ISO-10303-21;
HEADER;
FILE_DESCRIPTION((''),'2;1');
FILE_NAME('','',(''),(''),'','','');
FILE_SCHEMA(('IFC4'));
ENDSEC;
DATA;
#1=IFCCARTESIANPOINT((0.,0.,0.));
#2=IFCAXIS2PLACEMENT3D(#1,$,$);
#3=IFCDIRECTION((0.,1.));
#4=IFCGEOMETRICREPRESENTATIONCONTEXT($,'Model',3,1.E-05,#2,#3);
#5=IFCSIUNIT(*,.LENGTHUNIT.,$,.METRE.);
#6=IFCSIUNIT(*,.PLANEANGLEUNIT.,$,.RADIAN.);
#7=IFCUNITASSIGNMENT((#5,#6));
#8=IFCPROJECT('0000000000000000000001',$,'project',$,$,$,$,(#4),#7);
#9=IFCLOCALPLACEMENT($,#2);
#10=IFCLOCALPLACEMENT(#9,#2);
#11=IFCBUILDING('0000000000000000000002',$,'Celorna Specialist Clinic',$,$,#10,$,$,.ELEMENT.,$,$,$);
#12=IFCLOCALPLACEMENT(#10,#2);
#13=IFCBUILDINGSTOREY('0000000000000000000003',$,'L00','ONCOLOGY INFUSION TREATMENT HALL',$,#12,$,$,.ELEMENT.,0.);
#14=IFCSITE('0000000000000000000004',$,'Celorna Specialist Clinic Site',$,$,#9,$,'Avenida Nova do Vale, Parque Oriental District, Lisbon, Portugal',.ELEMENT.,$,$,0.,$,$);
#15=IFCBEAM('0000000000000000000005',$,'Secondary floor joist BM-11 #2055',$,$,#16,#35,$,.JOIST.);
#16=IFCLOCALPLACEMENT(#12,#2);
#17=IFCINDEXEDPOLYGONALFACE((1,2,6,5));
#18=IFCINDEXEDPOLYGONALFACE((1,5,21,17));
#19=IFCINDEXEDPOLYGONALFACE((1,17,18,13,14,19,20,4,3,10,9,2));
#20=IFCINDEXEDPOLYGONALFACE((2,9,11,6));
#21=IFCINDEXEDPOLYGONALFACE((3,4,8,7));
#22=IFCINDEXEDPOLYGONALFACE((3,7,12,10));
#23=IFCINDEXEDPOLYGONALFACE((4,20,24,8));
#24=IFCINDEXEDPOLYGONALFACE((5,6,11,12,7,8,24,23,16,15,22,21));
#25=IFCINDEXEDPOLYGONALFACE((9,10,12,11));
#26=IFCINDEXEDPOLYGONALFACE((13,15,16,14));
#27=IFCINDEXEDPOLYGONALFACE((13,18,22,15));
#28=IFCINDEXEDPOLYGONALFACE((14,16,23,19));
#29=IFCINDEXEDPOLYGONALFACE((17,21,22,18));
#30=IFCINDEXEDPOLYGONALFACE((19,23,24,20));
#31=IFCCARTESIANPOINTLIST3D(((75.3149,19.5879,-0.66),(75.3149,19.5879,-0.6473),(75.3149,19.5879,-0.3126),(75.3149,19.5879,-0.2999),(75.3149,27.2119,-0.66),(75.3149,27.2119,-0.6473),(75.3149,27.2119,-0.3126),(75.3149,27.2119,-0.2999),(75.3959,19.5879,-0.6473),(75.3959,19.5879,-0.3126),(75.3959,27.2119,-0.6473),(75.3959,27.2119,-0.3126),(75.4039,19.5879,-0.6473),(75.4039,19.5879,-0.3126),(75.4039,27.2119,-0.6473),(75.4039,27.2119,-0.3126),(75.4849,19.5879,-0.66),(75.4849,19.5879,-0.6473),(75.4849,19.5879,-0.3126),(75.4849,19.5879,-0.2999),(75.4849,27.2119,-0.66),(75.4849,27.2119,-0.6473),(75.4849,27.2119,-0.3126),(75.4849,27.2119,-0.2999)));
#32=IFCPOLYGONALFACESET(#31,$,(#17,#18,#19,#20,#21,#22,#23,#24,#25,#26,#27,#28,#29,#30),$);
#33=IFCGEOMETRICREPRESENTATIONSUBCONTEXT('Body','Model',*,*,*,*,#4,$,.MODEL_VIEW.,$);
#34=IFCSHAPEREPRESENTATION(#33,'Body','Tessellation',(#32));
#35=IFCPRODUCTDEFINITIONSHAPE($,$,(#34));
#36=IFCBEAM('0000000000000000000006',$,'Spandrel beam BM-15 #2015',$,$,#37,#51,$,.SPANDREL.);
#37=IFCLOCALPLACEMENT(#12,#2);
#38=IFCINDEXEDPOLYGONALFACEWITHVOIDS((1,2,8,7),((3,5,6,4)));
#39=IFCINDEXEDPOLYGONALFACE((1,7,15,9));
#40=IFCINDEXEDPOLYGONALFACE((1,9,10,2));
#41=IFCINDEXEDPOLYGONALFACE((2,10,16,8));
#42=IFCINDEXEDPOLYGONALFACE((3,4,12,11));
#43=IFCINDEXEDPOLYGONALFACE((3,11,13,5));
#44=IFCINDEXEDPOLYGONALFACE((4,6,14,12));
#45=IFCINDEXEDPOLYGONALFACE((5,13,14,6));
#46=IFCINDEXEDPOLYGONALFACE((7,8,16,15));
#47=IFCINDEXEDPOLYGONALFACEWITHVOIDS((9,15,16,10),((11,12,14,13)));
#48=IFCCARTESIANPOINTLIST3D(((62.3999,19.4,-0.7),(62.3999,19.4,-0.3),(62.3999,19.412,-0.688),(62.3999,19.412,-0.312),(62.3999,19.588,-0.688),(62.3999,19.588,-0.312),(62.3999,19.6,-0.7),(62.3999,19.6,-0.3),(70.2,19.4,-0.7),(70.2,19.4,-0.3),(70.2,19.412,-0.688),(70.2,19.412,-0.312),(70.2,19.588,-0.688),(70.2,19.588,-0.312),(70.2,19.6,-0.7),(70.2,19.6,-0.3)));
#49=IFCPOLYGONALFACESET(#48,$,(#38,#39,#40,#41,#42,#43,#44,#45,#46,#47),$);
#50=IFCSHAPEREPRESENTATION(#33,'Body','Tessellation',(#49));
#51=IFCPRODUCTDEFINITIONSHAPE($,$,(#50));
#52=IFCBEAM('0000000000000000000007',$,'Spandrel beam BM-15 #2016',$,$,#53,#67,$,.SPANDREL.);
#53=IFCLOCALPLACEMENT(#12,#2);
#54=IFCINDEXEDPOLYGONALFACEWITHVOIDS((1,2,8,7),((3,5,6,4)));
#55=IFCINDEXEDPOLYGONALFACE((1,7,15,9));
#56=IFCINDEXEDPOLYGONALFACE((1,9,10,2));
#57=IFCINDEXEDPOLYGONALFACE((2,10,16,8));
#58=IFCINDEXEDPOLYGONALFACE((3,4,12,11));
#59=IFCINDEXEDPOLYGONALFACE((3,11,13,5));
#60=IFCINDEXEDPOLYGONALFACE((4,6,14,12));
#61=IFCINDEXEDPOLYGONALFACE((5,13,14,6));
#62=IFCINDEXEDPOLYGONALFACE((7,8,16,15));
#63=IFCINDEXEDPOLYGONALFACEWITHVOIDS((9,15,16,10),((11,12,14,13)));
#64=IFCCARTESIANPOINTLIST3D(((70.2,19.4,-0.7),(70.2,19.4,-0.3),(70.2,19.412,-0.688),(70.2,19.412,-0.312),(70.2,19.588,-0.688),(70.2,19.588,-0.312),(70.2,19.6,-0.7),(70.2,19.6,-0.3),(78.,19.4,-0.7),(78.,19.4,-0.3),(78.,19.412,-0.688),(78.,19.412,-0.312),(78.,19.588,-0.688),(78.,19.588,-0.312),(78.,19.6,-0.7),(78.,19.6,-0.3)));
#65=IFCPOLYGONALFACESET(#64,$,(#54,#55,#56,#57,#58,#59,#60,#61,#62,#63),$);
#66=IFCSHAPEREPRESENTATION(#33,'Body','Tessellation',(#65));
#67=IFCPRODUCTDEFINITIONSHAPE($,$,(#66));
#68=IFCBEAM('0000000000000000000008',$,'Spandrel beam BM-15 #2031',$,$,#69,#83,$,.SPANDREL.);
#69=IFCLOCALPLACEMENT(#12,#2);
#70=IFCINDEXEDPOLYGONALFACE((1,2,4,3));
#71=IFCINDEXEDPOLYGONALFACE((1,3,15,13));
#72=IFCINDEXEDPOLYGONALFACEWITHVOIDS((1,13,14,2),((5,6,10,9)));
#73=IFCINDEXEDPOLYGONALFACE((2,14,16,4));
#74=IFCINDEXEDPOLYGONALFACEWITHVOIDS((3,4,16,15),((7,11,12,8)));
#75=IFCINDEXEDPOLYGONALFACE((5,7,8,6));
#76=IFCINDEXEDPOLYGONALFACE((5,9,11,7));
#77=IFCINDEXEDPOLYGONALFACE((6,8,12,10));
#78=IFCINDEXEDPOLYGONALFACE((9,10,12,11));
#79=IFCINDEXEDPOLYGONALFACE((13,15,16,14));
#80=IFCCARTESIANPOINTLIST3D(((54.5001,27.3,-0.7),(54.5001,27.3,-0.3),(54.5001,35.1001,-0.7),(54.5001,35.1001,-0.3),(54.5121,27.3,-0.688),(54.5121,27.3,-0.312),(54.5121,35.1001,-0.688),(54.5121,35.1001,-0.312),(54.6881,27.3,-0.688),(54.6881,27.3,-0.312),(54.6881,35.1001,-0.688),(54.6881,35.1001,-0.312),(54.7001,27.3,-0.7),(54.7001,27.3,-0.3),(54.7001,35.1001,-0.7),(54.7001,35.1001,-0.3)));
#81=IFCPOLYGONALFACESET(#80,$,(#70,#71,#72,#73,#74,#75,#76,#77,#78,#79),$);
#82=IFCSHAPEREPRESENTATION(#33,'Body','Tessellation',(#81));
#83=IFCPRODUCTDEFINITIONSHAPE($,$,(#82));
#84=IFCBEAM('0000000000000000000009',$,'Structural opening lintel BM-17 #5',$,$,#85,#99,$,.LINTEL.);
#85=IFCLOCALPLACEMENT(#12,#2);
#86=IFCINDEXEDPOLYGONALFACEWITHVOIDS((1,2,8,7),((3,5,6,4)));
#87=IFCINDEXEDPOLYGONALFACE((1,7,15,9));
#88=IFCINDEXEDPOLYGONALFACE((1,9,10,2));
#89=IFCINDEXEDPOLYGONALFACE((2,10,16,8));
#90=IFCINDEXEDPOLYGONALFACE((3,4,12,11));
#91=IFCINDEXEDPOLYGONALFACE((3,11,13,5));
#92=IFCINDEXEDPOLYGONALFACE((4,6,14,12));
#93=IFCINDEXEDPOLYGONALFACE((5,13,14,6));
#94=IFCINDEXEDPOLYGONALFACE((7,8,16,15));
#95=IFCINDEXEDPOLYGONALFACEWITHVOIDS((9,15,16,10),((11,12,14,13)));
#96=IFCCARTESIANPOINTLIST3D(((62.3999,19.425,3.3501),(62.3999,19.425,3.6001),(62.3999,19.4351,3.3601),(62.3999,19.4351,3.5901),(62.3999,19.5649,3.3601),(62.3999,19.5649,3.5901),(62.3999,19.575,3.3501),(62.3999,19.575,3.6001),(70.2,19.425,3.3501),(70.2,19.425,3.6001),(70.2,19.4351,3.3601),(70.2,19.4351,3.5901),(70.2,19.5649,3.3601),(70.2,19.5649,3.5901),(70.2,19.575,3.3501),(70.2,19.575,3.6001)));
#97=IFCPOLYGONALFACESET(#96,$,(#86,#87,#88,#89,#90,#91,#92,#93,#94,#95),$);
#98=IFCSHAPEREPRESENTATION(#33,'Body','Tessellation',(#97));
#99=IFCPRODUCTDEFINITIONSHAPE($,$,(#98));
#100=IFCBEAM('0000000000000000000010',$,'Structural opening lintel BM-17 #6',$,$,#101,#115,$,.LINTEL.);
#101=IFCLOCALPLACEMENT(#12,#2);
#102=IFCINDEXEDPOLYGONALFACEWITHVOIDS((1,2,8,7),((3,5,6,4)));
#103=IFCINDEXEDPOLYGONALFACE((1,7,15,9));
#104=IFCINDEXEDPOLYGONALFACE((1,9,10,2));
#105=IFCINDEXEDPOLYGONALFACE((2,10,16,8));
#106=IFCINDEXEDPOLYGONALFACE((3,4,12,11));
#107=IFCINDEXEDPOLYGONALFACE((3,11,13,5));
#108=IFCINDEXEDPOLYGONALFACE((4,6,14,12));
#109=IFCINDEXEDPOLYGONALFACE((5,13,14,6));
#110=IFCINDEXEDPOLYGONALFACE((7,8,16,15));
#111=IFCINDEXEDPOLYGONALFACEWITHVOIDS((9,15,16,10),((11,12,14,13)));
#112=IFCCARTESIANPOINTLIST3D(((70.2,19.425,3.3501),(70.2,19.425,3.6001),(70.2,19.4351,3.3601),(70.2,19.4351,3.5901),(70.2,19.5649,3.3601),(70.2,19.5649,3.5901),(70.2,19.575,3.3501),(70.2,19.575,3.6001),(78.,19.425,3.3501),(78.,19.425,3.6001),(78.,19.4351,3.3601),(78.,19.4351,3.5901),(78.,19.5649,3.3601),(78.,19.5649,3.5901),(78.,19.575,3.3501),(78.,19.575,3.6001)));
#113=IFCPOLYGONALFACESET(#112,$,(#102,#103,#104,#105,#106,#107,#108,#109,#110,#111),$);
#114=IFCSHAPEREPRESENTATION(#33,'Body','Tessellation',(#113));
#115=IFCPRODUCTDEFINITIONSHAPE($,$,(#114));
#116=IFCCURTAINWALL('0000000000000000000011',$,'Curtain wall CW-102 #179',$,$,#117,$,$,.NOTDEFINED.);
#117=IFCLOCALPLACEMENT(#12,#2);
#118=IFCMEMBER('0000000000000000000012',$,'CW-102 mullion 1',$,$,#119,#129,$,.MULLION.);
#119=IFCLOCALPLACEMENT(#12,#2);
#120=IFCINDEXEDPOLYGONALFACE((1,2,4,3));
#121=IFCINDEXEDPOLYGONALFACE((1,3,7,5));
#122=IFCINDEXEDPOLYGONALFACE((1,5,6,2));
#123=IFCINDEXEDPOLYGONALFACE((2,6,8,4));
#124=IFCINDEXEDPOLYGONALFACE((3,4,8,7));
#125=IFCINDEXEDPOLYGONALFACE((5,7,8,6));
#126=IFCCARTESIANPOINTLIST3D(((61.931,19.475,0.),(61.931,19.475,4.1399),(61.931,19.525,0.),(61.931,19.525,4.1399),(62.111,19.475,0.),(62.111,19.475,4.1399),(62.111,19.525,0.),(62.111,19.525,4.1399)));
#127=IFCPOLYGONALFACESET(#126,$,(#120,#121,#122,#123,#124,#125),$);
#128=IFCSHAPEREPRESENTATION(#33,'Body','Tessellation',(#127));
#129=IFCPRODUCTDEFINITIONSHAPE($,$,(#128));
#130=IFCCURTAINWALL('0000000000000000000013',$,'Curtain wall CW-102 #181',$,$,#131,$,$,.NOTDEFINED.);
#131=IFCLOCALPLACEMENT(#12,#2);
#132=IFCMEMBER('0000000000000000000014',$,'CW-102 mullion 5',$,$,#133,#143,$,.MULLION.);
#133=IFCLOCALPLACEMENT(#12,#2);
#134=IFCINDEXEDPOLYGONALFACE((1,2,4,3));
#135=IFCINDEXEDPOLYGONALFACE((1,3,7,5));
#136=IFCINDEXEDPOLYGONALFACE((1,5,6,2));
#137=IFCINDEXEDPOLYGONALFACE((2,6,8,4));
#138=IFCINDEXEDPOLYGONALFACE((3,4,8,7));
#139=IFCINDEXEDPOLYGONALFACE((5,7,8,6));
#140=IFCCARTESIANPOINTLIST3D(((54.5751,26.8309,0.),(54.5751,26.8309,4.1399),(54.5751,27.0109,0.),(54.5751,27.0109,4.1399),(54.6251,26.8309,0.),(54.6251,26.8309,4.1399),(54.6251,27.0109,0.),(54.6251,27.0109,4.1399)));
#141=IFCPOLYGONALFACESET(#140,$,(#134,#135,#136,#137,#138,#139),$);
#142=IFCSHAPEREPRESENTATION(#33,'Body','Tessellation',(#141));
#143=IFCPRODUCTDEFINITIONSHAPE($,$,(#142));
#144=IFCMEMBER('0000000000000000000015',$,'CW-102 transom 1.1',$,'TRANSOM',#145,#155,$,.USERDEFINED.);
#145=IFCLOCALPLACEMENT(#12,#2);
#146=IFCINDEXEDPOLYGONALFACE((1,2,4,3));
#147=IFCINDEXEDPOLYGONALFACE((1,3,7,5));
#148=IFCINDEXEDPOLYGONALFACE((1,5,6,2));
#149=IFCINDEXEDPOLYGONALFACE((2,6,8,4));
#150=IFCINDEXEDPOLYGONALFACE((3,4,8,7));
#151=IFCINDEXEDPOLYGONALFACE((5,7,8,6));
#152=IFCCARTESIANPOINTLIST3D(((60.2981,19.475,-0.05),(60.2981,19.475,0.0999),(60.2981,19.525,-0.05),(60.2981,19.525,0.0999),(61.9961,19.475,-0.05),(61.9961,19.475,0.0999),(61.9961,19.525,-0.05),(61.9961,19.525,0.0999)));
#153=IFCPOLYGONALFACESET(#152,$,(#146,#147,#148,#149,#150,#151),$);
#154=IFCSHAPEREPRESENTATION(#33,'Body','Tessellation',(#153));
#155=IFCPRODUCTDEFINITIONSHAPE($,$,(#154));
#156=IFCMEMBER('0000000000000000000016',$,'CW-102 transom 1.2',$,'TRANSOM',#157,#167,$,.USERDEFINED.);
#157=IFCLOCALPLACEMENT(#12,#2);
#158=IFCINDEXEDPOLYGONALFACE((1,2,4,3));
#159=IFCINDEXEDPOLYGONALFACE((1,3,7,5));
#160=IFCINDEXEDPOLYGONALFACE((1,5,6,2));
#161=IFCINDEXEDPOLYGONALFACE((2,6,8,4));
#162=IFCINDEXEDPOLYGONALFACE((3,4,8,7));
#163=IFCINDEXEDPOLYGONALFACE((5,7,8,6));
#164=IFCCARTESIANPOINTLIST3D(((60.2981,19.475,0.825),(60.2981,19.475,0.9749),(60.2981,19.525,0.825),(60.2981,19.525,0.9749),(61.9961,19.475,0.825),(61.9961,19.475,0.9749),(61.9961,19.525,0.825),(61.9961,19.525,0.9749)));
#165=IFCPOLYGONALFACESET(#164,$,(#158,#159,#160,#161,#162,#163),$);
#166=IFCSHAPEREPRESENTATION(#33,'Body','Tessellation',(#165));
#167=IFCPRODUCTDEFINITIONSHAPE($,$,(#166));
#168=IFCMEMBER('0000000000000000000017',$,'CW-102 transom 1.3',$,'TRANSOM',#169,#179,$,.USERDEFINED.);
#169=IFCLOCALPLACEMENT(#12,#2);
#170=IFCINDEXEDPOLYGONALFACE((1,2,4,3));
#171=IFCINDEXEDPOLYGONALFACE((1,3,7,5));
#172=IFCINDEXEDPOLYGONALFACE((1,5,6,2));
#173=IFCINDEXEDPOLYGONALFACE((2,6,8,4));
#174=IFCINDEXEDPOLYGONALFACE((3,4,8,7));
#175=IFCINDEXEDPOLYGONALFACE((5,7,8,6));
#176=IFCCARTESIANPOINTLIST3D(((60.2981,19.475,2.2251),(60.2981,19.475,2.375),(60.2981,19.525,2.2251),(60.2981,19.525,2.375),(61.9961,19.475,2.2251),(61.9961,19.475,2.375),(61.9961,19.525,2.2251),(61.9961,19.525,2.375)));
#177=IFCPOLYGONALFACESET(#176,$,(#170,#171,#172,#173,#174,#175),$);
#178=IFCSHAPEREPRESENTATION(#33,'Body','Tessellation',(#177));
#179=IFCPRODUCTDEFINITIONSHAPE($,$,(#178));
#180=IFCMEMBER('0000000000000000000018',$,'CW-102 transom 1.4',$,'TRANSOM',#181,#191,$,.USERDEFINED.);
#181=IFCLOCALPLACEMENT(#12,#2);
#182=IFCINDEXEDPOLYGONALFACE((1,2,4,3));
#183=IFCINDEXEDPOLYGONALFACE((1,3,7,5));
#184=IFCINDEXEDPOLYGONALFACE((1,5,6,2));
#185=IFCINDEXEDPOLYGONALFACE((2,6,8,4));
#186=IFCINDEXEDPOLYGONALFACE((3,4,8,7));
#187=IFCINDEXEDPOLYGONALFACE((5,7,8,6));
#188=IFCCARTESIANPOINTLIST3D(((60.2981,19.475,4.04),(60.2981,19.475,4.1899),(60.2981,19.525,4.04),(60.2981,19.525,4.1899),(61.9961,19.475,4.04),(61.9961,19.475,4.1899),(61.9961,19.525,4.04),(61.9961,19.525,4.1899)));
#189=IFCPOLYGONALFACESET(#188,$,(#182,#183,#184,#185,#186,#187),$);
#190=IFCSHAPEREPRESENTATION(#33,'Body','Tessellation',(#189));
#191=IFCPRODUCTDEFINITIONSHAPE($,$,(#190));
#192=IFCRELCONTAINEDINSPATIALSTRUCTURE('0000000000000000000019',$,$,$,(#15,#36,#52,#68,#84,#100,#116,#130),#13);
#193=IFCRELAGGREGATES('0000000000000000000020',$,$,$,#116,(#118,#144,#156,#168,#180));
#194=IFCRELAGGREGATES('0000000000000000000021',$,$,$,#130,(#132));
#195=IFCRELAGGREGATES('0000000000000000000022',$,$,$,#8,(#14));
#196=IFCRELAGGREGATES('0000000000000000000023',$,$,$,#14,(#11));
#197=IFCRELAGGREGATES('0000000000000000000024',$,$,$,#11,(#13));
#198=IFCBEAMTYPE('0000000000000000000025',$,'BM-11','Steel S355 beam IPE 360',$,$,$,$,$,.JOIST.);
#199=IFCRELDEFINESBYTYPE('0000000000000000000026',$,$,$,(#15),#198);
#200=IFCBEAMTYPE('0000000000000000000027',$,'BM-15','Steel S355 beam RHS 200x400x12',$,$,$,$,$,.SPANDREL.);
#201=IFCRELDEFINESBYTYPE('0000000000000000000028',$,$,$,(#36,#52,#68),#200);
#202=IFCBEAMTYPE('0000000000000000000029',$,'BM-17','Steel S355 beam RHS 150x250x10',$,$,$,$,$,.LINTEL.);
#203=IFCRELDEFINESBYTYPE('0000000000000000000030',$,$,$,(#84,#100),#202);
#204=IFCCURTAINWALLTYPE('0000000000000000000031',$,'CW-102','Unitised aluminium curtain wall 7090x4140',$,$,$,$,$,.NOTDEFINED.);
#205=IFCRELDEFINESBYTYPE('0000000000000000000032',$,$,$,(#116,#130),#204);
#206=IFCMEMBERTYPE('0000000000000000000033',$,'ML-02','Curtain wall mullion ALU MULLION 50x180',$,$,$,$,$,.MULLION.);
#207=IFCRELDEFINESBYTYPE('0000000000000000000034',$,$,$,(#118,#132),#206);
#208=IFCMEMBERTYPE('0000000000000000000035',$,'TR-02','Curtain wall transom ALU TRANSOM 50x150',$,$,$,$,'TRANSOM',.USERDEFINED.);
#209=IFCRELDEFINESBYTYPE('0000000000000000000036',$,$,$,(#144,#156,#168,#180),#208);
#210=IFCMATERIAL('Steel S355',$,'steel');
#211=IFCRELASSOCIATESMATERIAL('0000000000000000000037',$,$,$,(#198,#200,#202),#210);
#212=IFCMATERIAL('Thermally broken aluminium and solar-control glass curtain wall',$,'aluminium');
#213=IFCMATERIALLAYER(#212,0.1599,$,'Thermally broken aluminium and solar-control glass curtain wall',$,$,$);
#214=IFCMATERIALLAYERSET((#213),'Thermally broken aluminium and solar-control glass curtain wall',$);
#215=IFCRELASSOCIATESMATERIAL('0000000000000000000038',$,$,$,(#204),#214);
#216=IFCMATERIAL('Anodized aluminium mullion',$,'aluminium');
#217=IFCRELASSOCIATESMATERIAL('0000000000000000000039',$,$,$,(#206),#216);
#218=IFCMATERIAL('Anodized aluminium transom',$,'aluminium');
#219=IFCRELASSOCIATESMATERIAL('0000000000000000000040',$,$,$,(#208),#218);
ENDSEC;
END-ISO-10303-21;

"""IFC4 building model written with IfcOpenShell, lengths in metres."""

from ifc_helpers import new_model, si_unit, direction, frame, origin, origin_2d, place, context, subcontext, project, spatial, rectangle, hollow_rectangle, i_section, extrude, material, layer, layer_set, material_profile, profile_set, type_object, element, aggregate, save


model = new_model("IFC4")

# Units and contexts
model_context = context("Model", 3, precision=1e-05, world=origin(), true_north=direction((0.0, 1.0)))
body_context = subcontext(model_context, "Body", "Model", "MODEL_VIEW")
ifc_project = project(units=[si_unit("LENGTHUNIT", "METRE"), si_unit("PLANEANGLEUNIT", "RADIAN")], contexts=[model_context])

# Site, building, storey
site_placement = place(None, origin())
site = spatial("IfcSite", under=ifc_project, at=site_placement, Name="Celorna Specialist Clinic Site", LongName="Avenida Nova do Vale, Parque Oriental District, Lisbon, Portugal", CompositionType="ELEMENT", RefElevation=0.0)
building_placement = place(site_placement, origin())
building = spatial("IfcBuilding", under=site, at=building_placement, Name="Celorna Specialist Clinic", CompositionType="ELEMENT")
storey_placement = place(building_placement, origin())
storey = spatial("IfcBuildingStorey", under=building, at=storey_placement, Name="L00", Description="ONCOLOGY INFUSION TREATMENT HALL", CompositionType="ELEMENT", Elevation=0.0)

# Beams
ifc_material_1 = material(Name="Steel S355", Category="steel")
ifc_material_profile_1 = material_profile(ifc_material_1, i_section(OverallWidth=0.1699, OverallDepth=0.3601, WebThickness=0.0081, FlangeThickness=0.0127, at=origin_2d()), Name="IPE 360")
ifc_profile_set_1 = profile_set([ifc_material_profile_1], Name="Steel S355")
beam_type_1 = type_object("IfcBeamType", Name="BM-11", Description="Steel S355 beam IPE 360", PredefinedType="JOIST", material=ifc_profile_set_1)
for number, where, z_axis, x_axis, name in (
    (1, (75.3999, 19.5879, -0.48), (0.0, 1.0, 0.0), (-1.0, 0.0, 0.0), "Secondary floor joist BM-11 #2055"),
):
    element("IfcBeam", number, at=place(storey_placement, frame(where, z_axis=z_axis, x_axis=x_axis)), inside=storey, type_object=beam_type_1, Name=name, PredefinedType="JOIST", context=body_context, shape_type="SweptSolid", body=[
        extrude(i_section(OverallWidth=0.1699, OverallDepth=0.3601, WebThickness=0.0081, FlangeThickness=0.0127, at=origin_2d()), origin(), (0.0, 0.0, 1.0), 7.624),
    ])
ifc_material_profile_2 = material_profile(ifc_material_1, hollow_rectangle(XDim=0.2, YDim=0.3999, WallThickness=0.012, at=origin_2d()), Name="RHS 200x400x12")
ifc_profile_set_2 = profile_set([ifc_material_profile_2], Name="Steel S355")
beam_type_2 = type_object("IfcBeamType", Name="BM-15", Description="Steel S355 beam RHS 200x400x12", PredefinedType="SPANDREL", material=ifc_profile_set_2)
for number, where, z_axis, x_axis, name in (
    (2, (62.3999, 19.5, -0.5), (1.0, 0.0, 0.0), (0.0, 1.0, 0.0), "Spandrel beam BM-15 #2015"),
    (3, (70.2, 19.5, -0.5), (1.0, 0.0, 0.0), (0.0, 1.0, 0.0), "Spandrel beam BM-15 #2016"),
    (4, (54.6001, 27.3, -0.5), (0.0, 1.0, 0.0), (-1.0, 0.0, 0.0), "Spandrel beam BM-15 #2031"),
):
    element("IfcBeam", number, at=place(storey_placement, frame(where, z_axis=z_axis, x_axis=x_axis)), inside=storey, type_object=beam_type_2, Name=name, PredefinedType="SPANDREL", context=body_context, shape_type="SweptSolid", body=[
        extrude(hollow_rectangle(XDim=0.2, YDim=0.3999, WallThickness=0.012, at=origin_2d()), origin(), (0.0, 0.0, 1.0), 7.8),
    ])
ifc_material_profile_3 = material_profile(ifc_material_1, hollow_rectangle(XDim=0.1499, YDim=0.25, WallThickness=0.01, at=origin_2d()), Name="RHS 150x250x10")
ifc_profile_set_3 = profile_set([ifc_material_profile_3], Name="Steel S355")
beam_type_3 = type_object("IfcBeamType", Name="BM-17", Description="Steel S355 beam RHS 150x250x10", PredefinedType="LINTEL", material=ifc_profile_set_3)
for number, where, z_axis, x_axis, name in (
    (5, (62.3999, 19.5, 3.4751), (1.0, 0.0, 0.0), (0.0, 1.0, 0.0), "Structural opening lintel BM-17 #5"),
    (6, (70.2, 19.5, 3.4751), (1.0, 0.0, 0.0), (0.0, 1.0, 0.0), "Structural opening lintel BM-17 #6"),
):
    element("IfcBeam", number, at=place(storey_placement, frame(where, z_axis=z_axis, x_axis=x_axis)), inside=storey, type_object=beam_type_3, Name=name, PredefinedType="LINTEL", context=body_context, shape_type="SweptSolid", body=[
        extrude(hollow_rectangle(XDim=0.1499, YDim=0.25, WallThickness=0.01, at=origin_2d()), origin(), (0.0, 0.0, 1.0), 7.8),
    ])

# Curtain walls, members
ifc_material_2 = material(Name="Thermally broken aluminium and solar-control glass curtain wall", Category="aluminium")
ifc_layer_1 = layer(ifc_material_2, 0.1599, Name="Thermally broken aluminium and solar-control glass curtain wall")
ifc_layer_set_1 = layer_set([ifc_layer_1], Name="Thermally broken aluminium and solar-control glass curtain wall")
curtain_wall_type = type_object("IfcCurtainWallType", Name="CW-102", Description="Unitised aluminium curtain wall 7090x4140", PredefinedType="NOTDEFINED", material=ifc_layer_set_1)
curtain_wall_1_placement = place(storey_placement, origin())
curtain_wall_1 = element("IfcCurtainWall", 7, at=curtain_wall_1_placement, inside=storey, type_object=curtain_wall_type, Name="Curtain wall CW-102 #179", PredefinedType="NOTDEFINED")
ifc_material_3 = material(Name="Anodized aluminium mullion", Category="aluminium")
ifc_material_profile_4 = material_profile(ifc_material_3, rectangle(XDim=0.05, YDim=0.1799, at=origin_2d()), Name="ALU MULLION 50x180")
ifc_profile_set_4 = profile_set([ifc_material_profile_4], Name="Anodized aluminium mullion")
member_type_1 = type_object("IfcMemberType", Name="ML-02", Description="Curtain wall mullion ALU MULLION 50x180", PredefinedType="MULLION", material=ifc_profile_set_4)
member_1_placement = place(storey_placement, frame((62.021, 19.5, 0.0), z_axis=(0.0, 0.0, 1.0), x_axis=(0.0, -1.0, 0.0)))
member_1 = element("IfcMember", 8, at=member_1_placement, type_object=member_type_1, Name="CW-102 mullion 1", PredefinedType="MULLION", context=body_context, shape_type="SweptSolid", body=[
    extrude(rectangle(XDim=0.05, YDim=0.1799, at=origin_2d()), origin(), (0.0, 0.0, 1.0), 4.1399),
])
curtain_wall_2_placement = place(storey_placement, origin())
curtain_wall_2 = element("IfcCurtainWall", 9, at=curtain_wall_2_placement, inside=storey, type_object=curtain_wall_type, Name="Curtain wall CW-102 #181", PredefinedType="NOTDEFINED")
member_2_placement = place(storey_placement, frame((54.6001, 26.9209, 0.0), z_axis=(0.0, 0.0, 1.0), x_axis=(-1.0, 0.0, 0.0)))
member_2 = element("IfcMember", 10, at=member_2_placement, type_object=member_type_1, Name="CW-102 mullion 5", PredefinedType="MULLION", context=body_context, shape_type="SweptSolid", body=[
    extrude(rectangle(XDim=0.05, YDim=0.1799, at=origin_2d()), origin(), (0.0, 0.0, 1.0), 4.1399),
])

# Members
ifc_material_4 = material(Name="Anodized aluminium transom", Category="aluminium")
ifc_material_profile_5 = material_profile(ifc_material_4, rectangle(XDim=0.05, YDim=0.1499, at=origin_2d()), Name="ALU TRANSOM 50x150")
ifc_profile_set_5 = profile_set([ifc_material_profile_5], Name="Anodized aluminium transom")
member_type_2 = type_object("IfcMemberType", Name="TR-02", Description="Curtain wall transom ALU TRANSOM 50x150", ElementType="TRANSOM", PredefinedType="USERDEFINED", material=ifc_profile_set_5)
member_3_placement = place(storey_placement, frame((61.9961, 19.5, 0.0249), z_axis=(-1.0, 0.0, 0.0), x_axis=(0.0, -1.0, 0.0)))
member_3 = element("IfcMember", 11, at=member_3_placement, type_object=member_type_2, Name="CW-102 transom 1.1", ObjectType="TRANSOM", PredefinedType="USERDEFINED", context=body_context, shape_type="SweptSolid", body=[
    extrude(rectangle(XDim=0.05, YDim=0.1499, at=origin_2d()), origin(), (0.0, 0.0, 1.0), 1.698),
])
member_4_placement = place(storey_placement, frame((61.9961, 19.5, 0.8999), z_axis=(-1.0, 0.0, 0.0), x_axis=(0.0, -1.0, 0.0)))
member_4 = element("IfcMember", 12, at=member_4_placement, type_object=member_type_2, Name="CW-102 transom 1.2", ObjectType="TRANSOM", PredefinedType="USERDEFINED", context=body_context, shape_type="SweptSolid", body=[
    extrude(rectangle(XDim=0.05, YDim=0.1499, at=origin_2d()), origin(), (0.0, 0.0, 1.0), 1.698),
])
member_5_placement = place(storey_placement, frame((61.9961, 19.5, 2.3), z_axis=(-1.0, 0.0, 0.0), x_axis=(0.0, -1.0, 0.0)))
member_5 = element("IfcMember", 13, at=member_5_placement, type_object=member_type_2, Name="CW-102 transom 1.3", ObjectType="TRANSOM", PredefinedType="USERDEFINED", context=body_context, shape_type="SweptSolid", body=[
    extrude(rectangle(XDim=0.05, YDim=0.1499, at=origin_2d()), origin(), (0.0, 0.0, 1.0), 1.698),
])
member_6_placement = place(storey_placement, frame((61.9961, 19.5, 4.115), z_axis=(-1.0, 0.0, 0.0), x_axis=(0.0, -1.0, 0.0)))
member_6 = element("IfcMember", 14, at=member_6_placement, type_object=member_type_2, Name="CW-102 transom 1.4", ObjectType="TRANSOM", PredefinedType="USERDEFINED", context=body_context, shape_type="SweptSolid", body=[
    extrude(rectangle(XDim=0.05, YDim=0.1499, at=origin_2d()), origin(), (0.0, 0.0, 1.0), 1.698),
])
aggregate(curtain_wall_1, [member_1, member_3, member_4, member_5, member_6])

aggregate(curtain_wall_2, [member_2])

save(model, "model.ifc")
